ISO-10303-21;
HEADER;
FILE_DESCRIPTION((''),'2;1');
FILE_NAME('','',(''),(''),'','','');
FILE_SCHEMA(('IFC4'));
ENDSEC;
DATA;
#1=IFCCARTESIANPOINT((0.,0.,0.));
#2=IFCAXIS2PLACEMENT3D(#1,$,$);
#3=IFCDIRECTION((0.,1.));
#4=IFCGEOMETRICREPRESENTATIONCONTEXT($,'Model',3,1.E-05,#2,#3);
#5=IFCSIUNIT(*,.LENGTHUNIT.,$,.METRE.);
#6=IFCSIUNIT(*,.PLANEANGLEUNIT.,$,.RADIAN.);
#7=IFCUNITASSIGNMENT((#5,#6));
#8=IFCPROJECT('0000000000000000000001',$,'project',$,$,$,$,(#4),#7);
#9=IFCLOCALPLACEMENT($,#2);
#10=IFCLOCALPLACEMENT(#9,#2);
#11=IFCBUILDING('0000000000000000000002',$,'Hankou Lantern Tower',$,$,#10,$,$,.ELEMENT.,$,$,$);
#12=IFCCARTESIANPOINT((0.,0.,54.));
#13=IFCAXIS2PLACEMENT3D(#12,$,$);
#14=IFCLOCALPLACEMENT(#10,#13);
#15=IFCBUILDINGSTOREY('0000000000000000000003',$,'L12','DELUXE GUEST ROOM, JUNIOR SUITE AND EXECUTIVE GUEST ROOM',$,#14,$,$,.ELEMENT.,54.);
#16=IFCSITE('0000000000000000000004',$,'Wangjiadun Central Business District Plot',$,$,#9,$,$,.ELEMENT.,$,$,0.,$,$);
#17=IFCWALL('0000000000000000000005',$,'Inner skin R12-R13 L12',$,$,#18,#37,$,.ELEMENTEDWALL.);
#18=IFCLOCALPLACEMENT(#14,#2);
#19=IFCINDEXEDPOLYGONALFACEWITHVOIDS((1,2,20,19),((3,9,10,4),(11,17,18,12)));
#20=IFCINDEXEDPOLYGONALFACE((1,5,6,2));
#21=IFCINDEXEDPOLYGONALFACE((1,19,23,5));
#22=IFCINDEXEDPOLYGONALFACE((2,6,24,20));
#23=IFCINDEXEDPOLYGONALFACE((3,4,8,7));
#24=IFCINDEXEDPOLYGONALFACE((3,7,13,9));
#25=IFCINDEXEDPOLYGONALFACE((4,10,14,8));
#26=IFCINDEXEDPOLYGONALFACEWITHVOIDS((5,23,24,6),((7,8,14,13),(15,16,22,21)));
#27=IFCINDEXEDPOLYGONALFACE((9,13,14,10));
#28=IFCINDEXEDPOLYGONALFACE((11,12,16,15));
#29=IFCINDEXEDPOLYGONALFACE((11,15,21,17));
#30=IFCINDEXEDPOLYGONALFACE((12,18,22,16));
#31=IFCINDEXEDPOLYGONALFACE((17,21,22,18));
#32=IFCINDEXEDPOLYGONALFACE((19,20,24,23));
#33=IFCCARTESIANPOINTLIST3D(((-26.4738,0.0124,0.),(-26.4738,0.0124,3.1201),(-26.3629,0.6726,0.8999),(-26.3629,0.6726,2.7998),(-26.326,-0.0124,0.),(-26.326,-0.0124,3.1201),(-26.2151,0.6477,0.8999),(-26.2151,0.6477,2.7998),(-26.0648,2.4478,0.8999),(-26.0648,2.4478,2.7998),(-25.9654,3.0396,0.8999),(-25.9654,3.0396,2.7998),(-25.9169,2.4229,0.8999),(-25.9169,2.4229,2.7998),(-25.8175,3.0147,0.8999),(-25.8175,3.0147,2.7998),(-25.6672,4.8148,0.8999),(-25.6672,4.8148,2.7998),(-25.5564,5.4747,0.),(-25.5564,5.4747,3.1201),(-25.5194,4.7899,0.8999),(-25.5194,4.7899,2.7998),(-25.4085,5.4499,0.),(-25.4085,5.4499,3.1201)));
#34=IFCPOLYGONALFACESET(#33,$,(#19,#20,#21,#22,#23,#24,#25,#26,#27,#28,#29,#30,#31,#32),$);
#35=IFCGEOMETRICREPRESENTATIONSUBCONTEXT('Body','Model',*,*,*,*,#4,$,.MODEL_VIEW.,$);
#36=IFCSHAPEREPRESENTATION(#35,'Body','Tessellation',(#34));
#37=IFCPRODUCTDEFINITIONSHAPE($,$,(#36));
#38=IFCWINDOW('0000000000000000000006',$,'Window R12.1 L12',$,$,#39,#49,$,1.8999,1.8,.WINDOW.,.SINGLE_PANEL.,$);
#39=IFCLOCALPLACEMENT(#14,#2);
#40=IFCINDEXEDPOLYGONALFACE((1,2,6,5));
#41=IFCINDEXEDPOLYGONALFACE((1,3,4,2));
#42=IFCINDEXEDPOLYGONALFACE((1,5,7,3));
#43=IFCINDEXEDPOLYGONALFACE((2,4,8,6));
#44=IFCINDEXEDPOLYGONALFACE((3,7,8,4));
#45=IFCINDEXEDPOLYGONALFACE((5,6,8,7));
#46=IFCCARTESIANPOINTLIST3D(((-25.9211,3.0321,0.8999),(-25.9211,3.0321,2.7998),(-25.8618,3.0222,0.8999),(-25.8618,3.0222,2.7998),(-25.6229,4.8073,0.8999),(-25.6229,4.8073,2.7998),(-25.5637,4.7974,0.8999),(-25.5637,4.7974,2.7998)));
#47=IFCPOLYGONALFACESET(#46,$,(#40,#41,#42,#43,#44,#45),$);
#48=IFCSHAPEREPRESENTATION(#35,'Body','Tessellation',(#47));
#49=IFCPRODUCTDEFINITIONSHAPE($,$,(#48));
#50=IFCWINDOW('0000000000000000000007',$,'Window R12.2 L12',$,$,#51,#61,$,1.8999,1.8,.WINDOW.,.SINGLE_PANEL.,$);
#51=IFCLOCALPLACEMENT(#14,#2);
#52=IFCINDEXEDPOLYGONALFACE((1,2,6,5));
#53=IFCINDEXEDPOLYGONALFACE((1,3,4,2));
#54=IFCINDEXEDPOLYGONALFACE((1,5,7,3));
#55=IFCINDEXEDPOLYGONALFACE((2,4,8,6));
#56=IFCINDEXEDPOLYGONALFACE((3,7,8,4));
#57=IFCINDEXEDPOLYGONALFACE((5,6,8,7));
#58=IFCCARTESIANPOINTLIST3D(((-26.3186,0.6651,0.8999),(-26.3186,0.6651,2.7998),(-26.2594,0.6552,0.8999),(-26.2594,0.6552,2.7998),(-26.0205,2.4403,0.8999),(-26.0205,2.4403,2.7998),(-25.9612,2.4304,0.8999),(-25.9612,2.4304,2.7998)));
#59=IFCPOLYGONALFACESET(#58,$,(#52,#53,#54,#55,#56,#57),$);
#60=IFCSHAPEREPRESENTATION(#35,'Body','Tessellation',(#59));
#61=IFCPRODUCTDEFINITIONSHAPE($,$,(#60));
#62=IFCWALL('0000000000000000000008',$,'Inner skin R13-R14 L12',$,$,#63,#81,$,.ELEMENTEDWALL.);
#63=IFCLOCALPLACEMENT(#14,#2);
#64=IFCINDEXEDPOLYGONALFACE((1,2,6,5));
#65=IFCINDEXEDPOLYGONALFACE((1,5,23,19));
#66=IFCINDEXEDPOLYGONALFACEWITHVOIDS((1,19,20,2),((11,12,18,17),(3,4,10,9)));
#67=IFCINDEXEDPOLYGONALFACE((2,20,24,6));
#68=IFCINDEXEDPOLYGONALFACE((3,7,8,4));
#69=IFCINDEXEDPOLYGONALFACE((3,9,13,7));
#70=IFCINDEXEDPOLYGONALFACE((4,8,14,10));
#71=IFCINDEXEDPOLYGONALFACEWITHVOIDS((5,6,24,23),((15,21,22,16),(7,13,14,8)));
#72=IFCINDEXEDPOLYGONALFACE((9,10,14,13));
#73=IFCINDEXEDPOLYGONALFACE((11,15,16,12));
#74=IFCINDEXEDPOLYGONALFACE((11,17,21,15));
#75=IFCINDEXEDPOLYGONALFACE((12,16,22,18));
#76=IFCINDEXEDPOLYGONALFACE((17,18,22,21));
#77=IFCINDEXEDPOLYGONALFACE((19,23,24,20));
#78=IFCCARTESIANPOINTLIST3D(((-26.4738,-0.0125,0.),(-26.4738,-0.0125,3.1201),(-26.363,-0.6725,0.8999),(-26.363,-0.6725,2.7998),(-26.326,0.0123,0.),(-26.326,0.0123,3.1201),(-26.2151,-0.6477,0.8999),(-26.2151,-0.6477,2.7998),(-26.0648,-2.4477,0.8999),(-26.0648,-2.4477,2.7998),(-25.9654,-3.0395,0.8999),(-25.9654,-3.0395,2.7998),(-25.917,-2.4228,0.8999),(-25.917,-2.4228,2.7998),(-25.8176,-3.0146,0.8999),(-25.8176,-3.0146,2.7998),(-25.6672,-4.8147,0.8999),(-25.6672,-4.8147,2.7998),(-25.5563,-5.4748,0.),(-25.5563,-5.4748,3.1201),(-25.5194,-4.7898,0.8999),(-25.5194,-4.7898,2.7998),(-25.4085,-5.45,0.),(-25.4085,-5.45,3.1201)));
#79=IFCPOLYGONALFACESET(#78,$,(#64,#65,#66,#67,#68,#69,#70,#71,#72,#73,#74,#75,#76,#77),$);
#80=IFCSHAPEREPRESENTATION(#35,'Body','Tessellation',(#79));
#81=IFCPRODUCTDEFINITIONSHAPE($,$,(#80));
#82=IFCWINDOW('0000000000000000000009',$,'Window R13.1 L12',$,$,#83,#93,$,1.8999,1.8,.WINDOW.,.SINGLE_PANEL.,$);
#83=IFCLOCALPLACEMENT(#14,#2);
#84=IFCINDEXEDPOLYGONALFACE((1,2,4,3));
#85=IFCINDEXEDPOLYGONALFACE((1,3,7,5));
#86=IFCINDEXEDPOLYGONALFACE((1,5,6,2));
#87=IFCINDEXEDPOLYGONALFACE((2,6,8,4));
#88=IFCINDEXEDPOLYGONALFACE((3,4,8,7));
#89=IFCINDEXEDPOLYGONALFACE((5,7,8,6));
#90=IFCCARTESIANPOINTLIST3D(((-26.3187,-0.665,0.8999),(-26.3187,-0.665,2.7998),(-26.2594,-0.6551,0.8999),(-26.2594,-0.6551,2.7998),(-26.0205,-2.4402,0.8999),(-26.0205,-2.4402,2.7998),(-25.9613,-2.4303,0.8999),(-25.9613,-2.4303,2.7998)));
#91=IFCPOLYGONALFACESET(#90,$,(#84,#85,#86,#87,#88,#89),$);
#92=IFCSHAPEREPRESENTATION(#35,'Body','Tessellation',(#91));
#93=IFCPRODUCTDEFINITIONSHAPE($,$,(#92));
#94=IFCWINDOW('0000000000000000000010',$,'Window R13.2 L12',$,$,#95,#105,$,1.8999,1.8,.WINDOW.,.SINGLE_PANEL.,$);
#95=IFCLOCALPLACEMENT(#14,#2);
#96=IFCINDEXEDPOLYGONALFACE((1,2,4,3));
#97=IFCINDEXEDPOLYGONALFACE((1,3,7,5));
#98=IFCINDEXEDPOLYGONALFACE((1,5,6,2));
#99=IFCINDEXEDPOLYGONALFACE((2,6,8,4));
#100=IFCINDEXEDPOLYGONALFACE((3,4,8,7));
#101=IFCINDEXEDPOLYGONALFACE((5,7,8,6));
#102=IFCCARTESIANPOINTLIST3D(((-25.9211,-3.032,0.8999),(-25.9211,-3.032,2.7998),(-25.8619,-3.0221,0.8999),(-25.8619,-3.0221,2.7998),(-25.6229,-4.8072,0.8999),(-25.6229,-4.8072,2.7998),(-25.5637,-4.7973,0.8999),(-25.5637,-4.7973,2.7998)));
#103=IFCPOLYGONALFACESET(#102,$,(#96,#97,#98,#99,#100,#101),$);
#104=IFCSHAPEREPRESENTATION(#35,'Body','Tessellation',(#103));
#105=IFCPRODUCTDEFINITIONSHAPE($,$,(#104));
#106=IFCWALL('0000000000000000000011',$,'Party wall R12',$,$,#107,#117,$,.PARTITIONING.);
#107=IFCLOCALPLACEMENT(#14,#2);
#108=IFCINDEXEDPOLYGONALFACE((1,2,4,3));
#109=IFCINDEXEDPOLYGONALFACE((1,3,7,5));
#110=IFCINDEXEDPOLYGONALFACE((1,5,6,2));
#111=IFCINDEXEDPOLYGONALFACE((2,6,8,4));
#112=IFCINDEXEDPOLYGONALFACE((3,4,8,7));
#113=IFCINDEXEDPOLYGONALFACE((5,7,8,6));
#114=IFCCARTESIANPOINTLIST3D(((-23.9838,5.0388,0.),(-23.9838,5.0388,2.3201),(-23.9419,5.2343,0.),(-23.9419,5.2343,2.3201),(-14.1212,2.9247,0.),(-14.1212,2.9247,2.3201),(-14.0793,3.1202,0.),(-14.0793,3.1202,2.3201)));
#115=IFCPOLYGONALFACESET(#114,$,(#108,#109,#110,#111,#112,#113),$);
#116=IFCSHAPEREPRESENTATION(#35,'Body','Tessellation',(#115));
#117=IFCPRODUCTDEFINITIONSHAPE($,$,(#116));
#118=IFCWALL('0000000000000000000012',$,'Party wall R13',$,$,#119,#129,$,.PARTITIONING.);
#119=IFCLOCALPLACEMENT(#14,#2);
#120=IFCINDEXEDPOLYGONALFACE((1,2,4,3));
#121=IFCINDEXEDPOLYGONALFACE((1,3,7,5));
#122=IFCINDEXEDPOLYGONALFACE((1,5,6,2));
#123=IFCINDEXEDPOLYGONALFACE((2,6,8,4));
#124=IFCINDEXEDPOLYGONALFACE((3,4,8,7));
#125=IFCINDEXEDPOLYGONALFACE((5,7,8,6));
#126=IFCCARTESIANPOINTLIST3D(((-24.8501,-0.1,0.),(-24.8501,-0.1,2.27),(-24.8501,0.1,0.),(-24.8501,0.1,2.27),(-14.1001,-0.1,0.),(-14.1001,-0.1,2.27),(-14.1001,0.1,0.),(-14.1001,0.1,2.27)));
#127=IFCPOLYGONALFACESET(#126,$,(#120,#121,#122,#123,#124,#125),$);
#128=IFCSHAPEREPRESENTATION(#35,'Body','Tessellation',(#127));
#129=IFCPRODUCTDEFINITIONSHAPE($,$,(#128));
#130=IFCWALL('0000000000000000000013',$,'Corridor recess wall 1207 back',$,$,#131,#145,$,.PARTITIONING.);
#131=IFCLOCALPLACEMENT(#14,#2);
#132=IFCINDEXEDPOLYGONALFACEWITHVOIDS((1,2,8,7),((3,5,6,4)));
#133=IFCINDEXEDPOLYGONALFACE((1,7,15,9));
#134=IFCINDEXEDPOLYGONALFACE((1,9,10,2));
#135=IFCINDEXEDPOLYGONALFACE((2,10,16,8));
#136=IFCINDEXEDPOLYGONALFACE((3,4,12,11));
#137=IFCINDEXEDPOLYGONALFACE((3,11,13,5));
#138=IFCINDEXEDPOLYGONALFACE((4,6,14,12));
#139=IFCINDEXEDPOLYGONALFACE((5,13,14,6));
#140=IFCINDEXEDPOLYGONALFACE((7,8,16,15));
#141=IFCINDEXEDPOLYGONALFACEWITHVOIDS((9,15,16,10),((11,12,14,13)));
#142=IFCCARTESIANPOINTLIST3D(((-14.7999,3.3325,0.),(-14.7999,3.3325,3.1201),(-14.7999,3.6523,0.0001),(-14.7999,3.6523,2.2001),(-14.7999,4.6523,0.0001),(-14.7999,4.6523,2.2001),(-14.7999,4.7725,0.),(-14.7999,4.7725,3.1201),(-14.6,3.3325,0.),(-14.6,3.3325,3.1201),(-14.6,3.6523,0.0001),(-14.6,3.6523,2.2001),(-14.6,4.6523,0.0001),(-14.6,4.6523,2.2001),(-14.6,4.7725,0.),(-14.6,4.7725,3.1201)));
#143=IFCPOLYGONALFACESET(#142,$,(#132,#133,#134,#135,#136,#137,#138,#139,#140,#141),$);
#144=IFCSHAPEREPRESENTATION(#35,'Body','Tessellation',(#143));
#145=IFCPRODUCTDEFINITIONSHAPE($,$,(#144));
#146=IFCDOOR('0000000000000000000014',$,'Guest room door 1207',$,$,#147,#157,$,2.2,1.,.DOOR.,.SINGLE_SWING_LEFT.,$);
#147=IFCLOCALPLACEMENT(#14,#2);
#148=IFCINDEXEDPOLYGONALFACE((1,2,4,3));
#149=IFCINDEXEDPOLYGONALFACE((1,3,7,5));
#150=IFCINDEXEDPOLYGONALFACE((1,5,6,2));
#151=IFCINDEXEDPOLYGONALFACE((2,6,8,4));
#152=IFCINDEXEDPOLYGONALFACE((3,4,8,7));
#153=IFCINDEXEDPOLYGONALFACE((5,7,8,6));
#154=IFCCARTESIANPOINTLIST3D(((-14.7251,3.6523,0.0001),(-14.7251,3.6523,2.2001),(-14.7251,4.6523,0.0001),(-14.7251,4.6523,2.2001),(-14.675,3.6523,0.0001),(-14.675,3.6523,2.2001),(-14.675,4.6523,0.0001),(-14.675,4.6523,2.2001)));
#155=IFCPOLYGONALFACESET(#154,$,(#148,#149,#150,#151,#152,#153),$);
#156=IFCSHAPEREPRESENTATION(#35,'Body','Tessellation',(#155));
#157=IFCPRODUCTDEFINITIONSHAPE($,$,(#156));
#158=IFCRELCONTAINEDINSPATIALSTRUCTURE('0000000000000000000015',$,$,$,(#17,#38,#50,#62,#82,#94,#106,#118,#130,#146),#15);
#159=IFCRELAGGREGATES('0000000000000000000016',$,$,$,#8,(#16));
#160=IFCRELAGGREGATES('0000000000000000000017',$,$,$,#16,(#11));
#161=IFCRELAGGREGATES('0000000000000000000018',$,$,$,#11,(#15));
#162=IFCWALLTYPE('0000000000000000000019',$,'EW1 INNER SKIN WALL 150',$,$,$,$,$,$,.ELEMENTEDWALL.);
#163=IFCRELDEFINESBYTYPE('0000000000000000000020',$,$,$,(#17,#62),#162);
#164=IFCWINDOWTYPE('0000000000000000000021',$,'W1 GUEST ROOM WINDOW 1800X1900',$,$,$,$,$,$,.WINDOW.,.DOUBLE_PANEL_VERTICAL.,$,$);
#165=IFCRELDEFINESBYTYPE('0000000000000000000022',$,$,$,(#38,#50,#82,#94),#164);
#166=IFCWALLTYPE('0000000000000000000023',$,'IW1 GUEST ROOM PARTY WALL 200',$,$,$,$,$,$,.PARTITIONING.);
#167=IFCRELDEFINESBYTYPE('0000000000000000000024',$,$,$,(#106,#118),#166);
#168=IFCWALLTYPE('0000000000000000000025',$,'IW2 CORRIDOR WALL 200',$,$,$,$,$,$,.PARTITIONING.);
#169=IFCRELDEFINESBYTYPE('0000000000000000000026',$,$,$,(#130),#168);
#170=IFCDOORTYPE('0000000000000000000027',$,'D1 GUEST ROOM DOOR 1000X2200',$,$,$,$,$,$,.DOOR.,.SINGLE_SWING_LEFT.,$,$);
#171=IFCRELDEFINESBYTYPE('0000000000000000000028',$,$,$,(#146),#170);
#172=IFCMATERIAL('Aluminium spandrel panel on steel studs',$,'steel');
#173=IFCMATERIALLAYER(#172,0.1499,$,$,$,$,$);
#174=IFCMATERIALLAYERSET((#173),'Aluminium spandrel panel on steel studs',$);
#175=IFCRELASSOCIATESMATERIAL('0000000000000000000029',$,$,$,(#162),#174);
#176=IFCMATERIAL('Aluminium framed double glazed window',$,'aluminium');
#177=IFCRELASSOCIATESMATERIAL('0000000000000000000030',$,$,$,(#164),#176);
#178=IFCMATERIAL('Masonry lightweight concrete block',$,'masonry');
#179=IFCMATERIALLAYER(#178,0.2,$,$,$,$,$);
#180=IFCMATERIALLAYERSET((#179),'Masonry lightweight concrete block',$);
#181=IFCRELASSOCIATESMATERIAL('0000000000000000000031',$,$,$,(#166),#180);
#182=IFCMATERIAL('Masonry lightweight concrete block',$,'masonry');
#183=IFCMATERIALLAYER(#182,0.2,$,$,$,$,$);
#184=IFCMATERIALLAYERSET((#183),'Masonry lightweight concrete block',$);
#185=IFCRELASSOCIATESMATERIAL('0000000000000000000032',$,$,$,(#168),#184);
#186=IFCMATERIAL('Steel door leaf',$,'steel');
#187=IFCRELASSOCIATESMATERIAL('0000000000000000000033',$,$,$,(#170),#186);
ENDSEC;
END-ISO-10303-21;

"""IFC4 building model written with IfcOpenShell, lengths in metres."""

from ifc_helpers import new_model, si_unit, direction, frame, frame_2d, origin, place, context, subcontext, project, spatial, rectangle, extrude, material, layer, layer_set, type_object, element, fill, save


model = new_model("IFC4")

# Units and contexts
model_context = context("Model", 3, precision=1e-05, world=origin(), true_north=direction((0.0, 1.0)))
body_context = subcontext(model_context, "Body", "Model", "MODEL_VIEW")
ifc_project = project(units=[si_unit("LENGTHUNIT", "METRE"), si_unit("PLANEANGLEUNIT", "RADIAN")], contexts=[model_context])

# Site, building, storey
site_placement = place(None, origin())
site = spatial("IfcSite", under=ifc_project, at=site_placement, Name="Wangjiadun Central Business District Plot", CompositionType="ELEMENT", RefElevation=0.0)
building_placement = place(site_placement, origin())
building = spatial("IfcBuilding", under=site, at=building_placement, Name="Hankou Lantern Tower", CompositionType="ELEMENT")
storey_placement = place(building_placement, frame((0.0, 0.0, 54.0)))
storey = spatial("IfcBuildingStorey", under=building, at=storey_placement, Name="L12", Description="DELUXE GUEST ROOM, JUNIOR SUITE AND EXECUTIVE GUEST ROOM", CompositionType="ELEMENT", Elevation=54.0)

# Walls, openings, windows
ifc_material_1 = material(Name="Aluminium spandrel panel on steel studs", Category="steel")
ifc_layer_1 = layer(ifc_material_1, 0.1499)
ifc_layer_set_1 = layer_set([ifc_layer_1], Name="Aluminium spandrel panel on steel studs")
wall_type_1 = type_object("IfcWallType", Name="EW1 INNER SKIN WALL 150", PredefinedType="ELEMENTEDWALL", material=ifc_layer_set_1)
wall_1_placement = place(storey_placement, frame((-25.4824, 5.4624, 0.0), z_axis=(0.0, 0.0, 1.0), x_axis=(-0.165643, -0.986186, 0.0)))
wall_1 = element("IfcWall", 1, at=wall_1_placement, inside=storey, type_object=wall_type_1, Name="Inner skin R12-R13 L12", PredefinedType="ELEMENTEDWALL", context=body_context, shape_type="SweptSolid", body=[
    extrude(rectangle(XDim=5.5388, YDim=0.1499, at=frame_2d((2.7695, 0.0))), origin(), (0.0, 0.0, 1.0), 3.1201),
])
opening_1_placement = place(wall_1_placement, frame((0.6694, 0.0, 0.8999)))
opening_1 = element("IfcOpeningElement", 2, at=opening_1_placement, cuts=wall_1, PredefinedType="OPENING", context=body_context, shape_type="SweptSolid", body=[
    extrude(rectangle(XDim=1.8, YDim=1.8999, at=frame_2d((0.8999, 0.95))), frame((0.0, 0.085, 0.0), z_axis=(0.0, -1.0, 0.0), x_axis=(1.0, 0.0, 0.0)), (0.0, 0.0, 1.0), 0.1699),
])
opening_2_placement = place(wall_1_placement, frame((3.0696, 0.0, 0.8999)))
opening_2 = element("IfcOpeningElement", 3, at=opening_2_placement, cuts=wall_1, PredefinedType="OPENING", context=body_context, shape_type="SweptSolid", body=[
    extrude(rectangle(XDim=1.8, YDim=1.8999, at=frame_2d((0.8999, 0.95))), frame((0.0, 0.085, 0.0), z_axis=(0.0, -1.0, 0.0), x_axis=(1.0, 0.0, 0.0)), (0.0, 0.0, 1.0), 0.1699),
])
ifc_material_2 = material(Name="Aluminium framed double glazed window", Category="aluminium")
window_type = type_object("IfcWindowType", Name="W1 GUEST ROOM WINDOW 1800X1900", PartitioningType="DOUBLE_PANEL_VERTICAL", PredefinedType="WINDOW", material=ifc_material_2)
window_1_placement = place(opening_1_placement, origin())
window_1 = element("IfcWindow", 4, at=window_1_placement, inside=storey, type_object=window_type, Name="Window R12.1 L12", OverallHeight=1.8999, OverallWidth=1.8, PartitioningType="SINGLE_PANEL", PredefinedType="WINDOW", context=body_context, shape_type="SweptSolid", body=[
    extrude(rectangle(XDim=1.8, YDim=1.8999, at=frame_2d((0.8999, 0.95))), frame((0.0, 0.03, 0.0), z_axis=(0.0, -1.0, 0.0), x_axis=(1.0, 0.0, 0.0)), (0.0, 0.0, 1.0), 0.0601),
])
fill(opening_1, window_1)
window_2_placement = place(opening_2_placement, origin())
window_2 = element("IfcWindow", 5, at=window_2_placement, inside=storey, type_object=window_type, Name="Window R12.2 L12", OverallHeight=1.8999, OverallWidth=1.8, PartitioningType="SINGLE_PANEL", PredefinedType="WINDOW", context=body_context, shape_type="SweptSolid", body=[
    extrude(rectangle(XDim=1.8, YDim=1.8999, at=frame_2d((0.8999, 0.95))), frame((0.0, 0.03, 0.0), z_axis=(0.0, -1.0, 0.0), x_axis=(1.0, 0.0, 0.0)), (0.0, 0.0, 1.0), 0.0601),
])
fill(opening_2, window_2)
wall_2_placement = place(storey_placement, frame((-26.3999, 0.0, 0.0), z_axis=(0.0, 0.0, 1.0), x_axis=(0.165643, -0.986186, 0.0)))
wall_2 = element("IfcWall", 6, at=wall_2_placement, inside=storey, type_object=wall_type_1, Name="Inner skin R13-R14 L12", PredefinedType="ELEMENTEDWALL", context=body_context, shape_type="SweptSolid", body=[
    extrude(rectangle(XDim=5.5388, YDim=0.1499, at=frame_2d((2.7695, 0.0))), origin(), (0.0, 0.0, 1.0), 3.1201),
])
opening_3_placement = place(wall_2_placement, frame((0.6694, 0.0, 0.8999)))
opening_3 = element("IfcOpeningElement", 7, at=opening_3_placement, cuts=wall_2, PredefinedType="OPENING", context=body_context, shape_type="SweptSolid", body=[
    extrude(rectangle(XDim=1.8, YDim=1.8999, at=frame_2d((0.8999, 0.95))), frame((0.0, 0.085, 0.0), z_axis=(0.0, -1.0, 0.0), x_axis=(1.0, 0.0, 0.0)), (0.0, 0.0, 1.0), 0.1699),
])
opening_4_placement = place(wall_2_placement, frame((3.0696, 0.0, 0.8999)))
opening_4 = element("IfcOpeningElement", 8, at=opening_4_placement, cuts=wall_2, PredefinedType="OPENING", context=body_context, shape_type="SweptSolid", body=[
    extrude(rectangle(XDim=1.8, YDim=1.8999, at=frame_2d((0.8999, 0.95))), frame((0.0, 0.085, 0.0), z_axis=(0.0, -1.0, 0.0), x_axis=(1.0, 0.0, 0.0)), (0.0, 0.0, 1.0), 0.1699),
])
window_3_placement = place(opening_3_placement, origin())
window_3 = element("IfcWindow", 9, at=window_3_placement, inside=storey, type_object=window_type, Name="Window R13.1 L12", OverallHeight=1.8999, OverallWidth=1.8, PartitioningType="SINGLE_PANEL", PredefinedType="WINDOW", context=body_context, shape_type="SweptSolid", body=[
    extrude(rectangle(XDim=1.8, YDim=1.8999, at=frame_2d((0.8999, 0.95))), frame((0.0, 0.03, 0.0), z_axis=(0.0, -1.0, 0.0), x_axis=(1.0, 0.0, 0.0)), (0.0, 0.0, 1.0), 0.0601),
])
fill(opening_3, window_3)
window_4_placement = place(opening_4_placement, origin())
window_4 = element("IfcWindow", 10, at=window_4_placement, inside=storey, type_object=window_type, Name="Window R13.2 L12", OverallHeight=1.8999, OverallWidth=1.8, PartitioningType="SINGLE_PANEL", PredefinedType="WINDOW", context=body_context, shape_type="SweptSolid", body=[
    extrude(rectangle(XDim=1.8, YDim=1.8999, at=frame_2d((0.8999, 0.95))), frame((0.0, 0.03, 0.0), z_axis=(0.0, -1.0, 0.0), x_axis=(1.0, 0.0, 0.0)), (0.0, 0.0, 1.0), 0.0601),
])
fill(opening_4, window_4)

# Walls
ifc_material_3 = material(Name="Masonry lightweight concrete block", Category="masonry")
ifc_layer_2 = layer(ifc_material_3, 0.2)
ifc_layer_set_2 = layer_set([ifc_layer_2], Name="Masonry lightweight concrete block")
wall_type_2 = type_object("IfcWallType", Name="IW1 GUEST ROOM PARTY WALL 200", PredefinedType="PARTITIONING", material=ifc_layer_set_2)
wall_3_placement = place(storey_placement, frame((-14.1001, 3.0225, 0.0), z_axis=(0.0, 0.0, 1.0), x_axis=(-0.97779, 0.209587, 0.0)))
element("IfcWall", 11, at=wall_3_placement, inside=storey, type_object=wall_type_2, Name="Party wall R12", PredefinedType="PARTITIONING", context=body_context, shape_type="SweptSolid", body=[
    extrude(rectangle(XDim=10.0867, YDim=0.2, at=frame_2d((5.0435, 0.0))), origin(), (0.0, 0.0, 1.0), 2.3201),
])
wall_4_placement = place(storey_placement, frame((-14.1001, 0.0, 0.0), z_axis=(0.0, 0.0, 1.0), x_axis=(-1.0, 0.0, 0.0)))
element("IfcWall", 12, at=wall_4_placement, inside=storey, type_object=wall_type_2, Name="Party wall R13", PredefinedType="PARTITIONING", context=body_context, shape_type="SweptSolid", body=[
    extrude(rectangle(XDim=10.75, YDim=0.2, at=frame_2d((5.375, 0.0))), origin(), (0.0, 0.0, 1.0), 2.27),
])

# Wall, opening, door
ifc_material_4 = material(Name="Masonry lightweight concrete block", Category="masonry")
ifc_layer_3 = layer(ifc_material_4, 0.2)
ifc_layer_set_3 = layer_set([ifc_layer_3], Name="Masonry lightweight concrete block")
wall_type_3 = type_object("IfcWallType", Name="IW2 CORRIDOR WALL 200", PredefinedType="PARTITIONING", material=ifc_layer_set_3)
wall_5_placement = place(storey_placement, frame((-14.7, 4.7725, 0.0), z_axis=(0.0, 0.0, 1.0), x_axis=(0.0, -1.0, 0.0)))
wall_5 = element("IfcWall", 13, at=wall_5_placement, inside=storey, type_object=wall_type_3, Name="Corridor recess wall 1207 back", PredefinedType="PARTITIONING", context=body_context, shape_type="SweptSolid", body=[
    extrude(rectangle(XDim=1.4399, YDim=0.2, at=frame_2d((0.72, 0.0))), origin(), (0.0, 0.0, 1.0), 3.1201),
])
opening_5_placement = place(wall_5_placement, frame((0.1201, 0.0, 0.0)))
opening_5 = element("IfcOpeningElement", 14, at=opening_5_placement, cuts=wall_5, PredefinedType="OPENING", context=body_context, shape_type="SweptSolid", body=[
    extrude(rectangle(XDim=1.0, YDim=2.2, at=frame_2d((0.5, 1.1001))), frame((0.0, 0.1099, 0.0), z_axis=(0.0, -1.0, 0.0), x_axis=(1.0, 0.0, 0.0)), (0.0, 0.0, 1.0), 0.22),
])
ifc_material_5 = material(Name="Steel door leaf", Category="steel")
door_type_1 = type_object("IfcDoorType", Name="D1 GUEST ROOM DOOR 1000X2200", OperationType="SINGLE_SWING_LEFT", PredefinedType="DOOR", material=ifc_material_5)
door_1_placement = place(opening_5_placement, origin())
door_1 = element("IfcDoor", 15, at=door_1_placement, inside=storey, type_object=door_type_1, Name="Guest room door 1207", OperationType="SINGLE_SWING_LEFT", OverallHeight=2.2, OverallWidth=1.0, PredefinedType="DOOR", context=body_context, shape_type="SweptSolid", body=[
    extrude(rectangle(XDim=1.0, YDim=2.2, at=frame_2d((0.5, 1.1001))), frame((0.0, 0.0249, 0.0), z_axis=(0.0, -1.0, 0.0), x_axis=(1.0, 0.0, 0.0)), (0.0, 0.0, 1.0), 0.05),
])
fill(opening_5, door_1)

save(model, "model.ifc")
